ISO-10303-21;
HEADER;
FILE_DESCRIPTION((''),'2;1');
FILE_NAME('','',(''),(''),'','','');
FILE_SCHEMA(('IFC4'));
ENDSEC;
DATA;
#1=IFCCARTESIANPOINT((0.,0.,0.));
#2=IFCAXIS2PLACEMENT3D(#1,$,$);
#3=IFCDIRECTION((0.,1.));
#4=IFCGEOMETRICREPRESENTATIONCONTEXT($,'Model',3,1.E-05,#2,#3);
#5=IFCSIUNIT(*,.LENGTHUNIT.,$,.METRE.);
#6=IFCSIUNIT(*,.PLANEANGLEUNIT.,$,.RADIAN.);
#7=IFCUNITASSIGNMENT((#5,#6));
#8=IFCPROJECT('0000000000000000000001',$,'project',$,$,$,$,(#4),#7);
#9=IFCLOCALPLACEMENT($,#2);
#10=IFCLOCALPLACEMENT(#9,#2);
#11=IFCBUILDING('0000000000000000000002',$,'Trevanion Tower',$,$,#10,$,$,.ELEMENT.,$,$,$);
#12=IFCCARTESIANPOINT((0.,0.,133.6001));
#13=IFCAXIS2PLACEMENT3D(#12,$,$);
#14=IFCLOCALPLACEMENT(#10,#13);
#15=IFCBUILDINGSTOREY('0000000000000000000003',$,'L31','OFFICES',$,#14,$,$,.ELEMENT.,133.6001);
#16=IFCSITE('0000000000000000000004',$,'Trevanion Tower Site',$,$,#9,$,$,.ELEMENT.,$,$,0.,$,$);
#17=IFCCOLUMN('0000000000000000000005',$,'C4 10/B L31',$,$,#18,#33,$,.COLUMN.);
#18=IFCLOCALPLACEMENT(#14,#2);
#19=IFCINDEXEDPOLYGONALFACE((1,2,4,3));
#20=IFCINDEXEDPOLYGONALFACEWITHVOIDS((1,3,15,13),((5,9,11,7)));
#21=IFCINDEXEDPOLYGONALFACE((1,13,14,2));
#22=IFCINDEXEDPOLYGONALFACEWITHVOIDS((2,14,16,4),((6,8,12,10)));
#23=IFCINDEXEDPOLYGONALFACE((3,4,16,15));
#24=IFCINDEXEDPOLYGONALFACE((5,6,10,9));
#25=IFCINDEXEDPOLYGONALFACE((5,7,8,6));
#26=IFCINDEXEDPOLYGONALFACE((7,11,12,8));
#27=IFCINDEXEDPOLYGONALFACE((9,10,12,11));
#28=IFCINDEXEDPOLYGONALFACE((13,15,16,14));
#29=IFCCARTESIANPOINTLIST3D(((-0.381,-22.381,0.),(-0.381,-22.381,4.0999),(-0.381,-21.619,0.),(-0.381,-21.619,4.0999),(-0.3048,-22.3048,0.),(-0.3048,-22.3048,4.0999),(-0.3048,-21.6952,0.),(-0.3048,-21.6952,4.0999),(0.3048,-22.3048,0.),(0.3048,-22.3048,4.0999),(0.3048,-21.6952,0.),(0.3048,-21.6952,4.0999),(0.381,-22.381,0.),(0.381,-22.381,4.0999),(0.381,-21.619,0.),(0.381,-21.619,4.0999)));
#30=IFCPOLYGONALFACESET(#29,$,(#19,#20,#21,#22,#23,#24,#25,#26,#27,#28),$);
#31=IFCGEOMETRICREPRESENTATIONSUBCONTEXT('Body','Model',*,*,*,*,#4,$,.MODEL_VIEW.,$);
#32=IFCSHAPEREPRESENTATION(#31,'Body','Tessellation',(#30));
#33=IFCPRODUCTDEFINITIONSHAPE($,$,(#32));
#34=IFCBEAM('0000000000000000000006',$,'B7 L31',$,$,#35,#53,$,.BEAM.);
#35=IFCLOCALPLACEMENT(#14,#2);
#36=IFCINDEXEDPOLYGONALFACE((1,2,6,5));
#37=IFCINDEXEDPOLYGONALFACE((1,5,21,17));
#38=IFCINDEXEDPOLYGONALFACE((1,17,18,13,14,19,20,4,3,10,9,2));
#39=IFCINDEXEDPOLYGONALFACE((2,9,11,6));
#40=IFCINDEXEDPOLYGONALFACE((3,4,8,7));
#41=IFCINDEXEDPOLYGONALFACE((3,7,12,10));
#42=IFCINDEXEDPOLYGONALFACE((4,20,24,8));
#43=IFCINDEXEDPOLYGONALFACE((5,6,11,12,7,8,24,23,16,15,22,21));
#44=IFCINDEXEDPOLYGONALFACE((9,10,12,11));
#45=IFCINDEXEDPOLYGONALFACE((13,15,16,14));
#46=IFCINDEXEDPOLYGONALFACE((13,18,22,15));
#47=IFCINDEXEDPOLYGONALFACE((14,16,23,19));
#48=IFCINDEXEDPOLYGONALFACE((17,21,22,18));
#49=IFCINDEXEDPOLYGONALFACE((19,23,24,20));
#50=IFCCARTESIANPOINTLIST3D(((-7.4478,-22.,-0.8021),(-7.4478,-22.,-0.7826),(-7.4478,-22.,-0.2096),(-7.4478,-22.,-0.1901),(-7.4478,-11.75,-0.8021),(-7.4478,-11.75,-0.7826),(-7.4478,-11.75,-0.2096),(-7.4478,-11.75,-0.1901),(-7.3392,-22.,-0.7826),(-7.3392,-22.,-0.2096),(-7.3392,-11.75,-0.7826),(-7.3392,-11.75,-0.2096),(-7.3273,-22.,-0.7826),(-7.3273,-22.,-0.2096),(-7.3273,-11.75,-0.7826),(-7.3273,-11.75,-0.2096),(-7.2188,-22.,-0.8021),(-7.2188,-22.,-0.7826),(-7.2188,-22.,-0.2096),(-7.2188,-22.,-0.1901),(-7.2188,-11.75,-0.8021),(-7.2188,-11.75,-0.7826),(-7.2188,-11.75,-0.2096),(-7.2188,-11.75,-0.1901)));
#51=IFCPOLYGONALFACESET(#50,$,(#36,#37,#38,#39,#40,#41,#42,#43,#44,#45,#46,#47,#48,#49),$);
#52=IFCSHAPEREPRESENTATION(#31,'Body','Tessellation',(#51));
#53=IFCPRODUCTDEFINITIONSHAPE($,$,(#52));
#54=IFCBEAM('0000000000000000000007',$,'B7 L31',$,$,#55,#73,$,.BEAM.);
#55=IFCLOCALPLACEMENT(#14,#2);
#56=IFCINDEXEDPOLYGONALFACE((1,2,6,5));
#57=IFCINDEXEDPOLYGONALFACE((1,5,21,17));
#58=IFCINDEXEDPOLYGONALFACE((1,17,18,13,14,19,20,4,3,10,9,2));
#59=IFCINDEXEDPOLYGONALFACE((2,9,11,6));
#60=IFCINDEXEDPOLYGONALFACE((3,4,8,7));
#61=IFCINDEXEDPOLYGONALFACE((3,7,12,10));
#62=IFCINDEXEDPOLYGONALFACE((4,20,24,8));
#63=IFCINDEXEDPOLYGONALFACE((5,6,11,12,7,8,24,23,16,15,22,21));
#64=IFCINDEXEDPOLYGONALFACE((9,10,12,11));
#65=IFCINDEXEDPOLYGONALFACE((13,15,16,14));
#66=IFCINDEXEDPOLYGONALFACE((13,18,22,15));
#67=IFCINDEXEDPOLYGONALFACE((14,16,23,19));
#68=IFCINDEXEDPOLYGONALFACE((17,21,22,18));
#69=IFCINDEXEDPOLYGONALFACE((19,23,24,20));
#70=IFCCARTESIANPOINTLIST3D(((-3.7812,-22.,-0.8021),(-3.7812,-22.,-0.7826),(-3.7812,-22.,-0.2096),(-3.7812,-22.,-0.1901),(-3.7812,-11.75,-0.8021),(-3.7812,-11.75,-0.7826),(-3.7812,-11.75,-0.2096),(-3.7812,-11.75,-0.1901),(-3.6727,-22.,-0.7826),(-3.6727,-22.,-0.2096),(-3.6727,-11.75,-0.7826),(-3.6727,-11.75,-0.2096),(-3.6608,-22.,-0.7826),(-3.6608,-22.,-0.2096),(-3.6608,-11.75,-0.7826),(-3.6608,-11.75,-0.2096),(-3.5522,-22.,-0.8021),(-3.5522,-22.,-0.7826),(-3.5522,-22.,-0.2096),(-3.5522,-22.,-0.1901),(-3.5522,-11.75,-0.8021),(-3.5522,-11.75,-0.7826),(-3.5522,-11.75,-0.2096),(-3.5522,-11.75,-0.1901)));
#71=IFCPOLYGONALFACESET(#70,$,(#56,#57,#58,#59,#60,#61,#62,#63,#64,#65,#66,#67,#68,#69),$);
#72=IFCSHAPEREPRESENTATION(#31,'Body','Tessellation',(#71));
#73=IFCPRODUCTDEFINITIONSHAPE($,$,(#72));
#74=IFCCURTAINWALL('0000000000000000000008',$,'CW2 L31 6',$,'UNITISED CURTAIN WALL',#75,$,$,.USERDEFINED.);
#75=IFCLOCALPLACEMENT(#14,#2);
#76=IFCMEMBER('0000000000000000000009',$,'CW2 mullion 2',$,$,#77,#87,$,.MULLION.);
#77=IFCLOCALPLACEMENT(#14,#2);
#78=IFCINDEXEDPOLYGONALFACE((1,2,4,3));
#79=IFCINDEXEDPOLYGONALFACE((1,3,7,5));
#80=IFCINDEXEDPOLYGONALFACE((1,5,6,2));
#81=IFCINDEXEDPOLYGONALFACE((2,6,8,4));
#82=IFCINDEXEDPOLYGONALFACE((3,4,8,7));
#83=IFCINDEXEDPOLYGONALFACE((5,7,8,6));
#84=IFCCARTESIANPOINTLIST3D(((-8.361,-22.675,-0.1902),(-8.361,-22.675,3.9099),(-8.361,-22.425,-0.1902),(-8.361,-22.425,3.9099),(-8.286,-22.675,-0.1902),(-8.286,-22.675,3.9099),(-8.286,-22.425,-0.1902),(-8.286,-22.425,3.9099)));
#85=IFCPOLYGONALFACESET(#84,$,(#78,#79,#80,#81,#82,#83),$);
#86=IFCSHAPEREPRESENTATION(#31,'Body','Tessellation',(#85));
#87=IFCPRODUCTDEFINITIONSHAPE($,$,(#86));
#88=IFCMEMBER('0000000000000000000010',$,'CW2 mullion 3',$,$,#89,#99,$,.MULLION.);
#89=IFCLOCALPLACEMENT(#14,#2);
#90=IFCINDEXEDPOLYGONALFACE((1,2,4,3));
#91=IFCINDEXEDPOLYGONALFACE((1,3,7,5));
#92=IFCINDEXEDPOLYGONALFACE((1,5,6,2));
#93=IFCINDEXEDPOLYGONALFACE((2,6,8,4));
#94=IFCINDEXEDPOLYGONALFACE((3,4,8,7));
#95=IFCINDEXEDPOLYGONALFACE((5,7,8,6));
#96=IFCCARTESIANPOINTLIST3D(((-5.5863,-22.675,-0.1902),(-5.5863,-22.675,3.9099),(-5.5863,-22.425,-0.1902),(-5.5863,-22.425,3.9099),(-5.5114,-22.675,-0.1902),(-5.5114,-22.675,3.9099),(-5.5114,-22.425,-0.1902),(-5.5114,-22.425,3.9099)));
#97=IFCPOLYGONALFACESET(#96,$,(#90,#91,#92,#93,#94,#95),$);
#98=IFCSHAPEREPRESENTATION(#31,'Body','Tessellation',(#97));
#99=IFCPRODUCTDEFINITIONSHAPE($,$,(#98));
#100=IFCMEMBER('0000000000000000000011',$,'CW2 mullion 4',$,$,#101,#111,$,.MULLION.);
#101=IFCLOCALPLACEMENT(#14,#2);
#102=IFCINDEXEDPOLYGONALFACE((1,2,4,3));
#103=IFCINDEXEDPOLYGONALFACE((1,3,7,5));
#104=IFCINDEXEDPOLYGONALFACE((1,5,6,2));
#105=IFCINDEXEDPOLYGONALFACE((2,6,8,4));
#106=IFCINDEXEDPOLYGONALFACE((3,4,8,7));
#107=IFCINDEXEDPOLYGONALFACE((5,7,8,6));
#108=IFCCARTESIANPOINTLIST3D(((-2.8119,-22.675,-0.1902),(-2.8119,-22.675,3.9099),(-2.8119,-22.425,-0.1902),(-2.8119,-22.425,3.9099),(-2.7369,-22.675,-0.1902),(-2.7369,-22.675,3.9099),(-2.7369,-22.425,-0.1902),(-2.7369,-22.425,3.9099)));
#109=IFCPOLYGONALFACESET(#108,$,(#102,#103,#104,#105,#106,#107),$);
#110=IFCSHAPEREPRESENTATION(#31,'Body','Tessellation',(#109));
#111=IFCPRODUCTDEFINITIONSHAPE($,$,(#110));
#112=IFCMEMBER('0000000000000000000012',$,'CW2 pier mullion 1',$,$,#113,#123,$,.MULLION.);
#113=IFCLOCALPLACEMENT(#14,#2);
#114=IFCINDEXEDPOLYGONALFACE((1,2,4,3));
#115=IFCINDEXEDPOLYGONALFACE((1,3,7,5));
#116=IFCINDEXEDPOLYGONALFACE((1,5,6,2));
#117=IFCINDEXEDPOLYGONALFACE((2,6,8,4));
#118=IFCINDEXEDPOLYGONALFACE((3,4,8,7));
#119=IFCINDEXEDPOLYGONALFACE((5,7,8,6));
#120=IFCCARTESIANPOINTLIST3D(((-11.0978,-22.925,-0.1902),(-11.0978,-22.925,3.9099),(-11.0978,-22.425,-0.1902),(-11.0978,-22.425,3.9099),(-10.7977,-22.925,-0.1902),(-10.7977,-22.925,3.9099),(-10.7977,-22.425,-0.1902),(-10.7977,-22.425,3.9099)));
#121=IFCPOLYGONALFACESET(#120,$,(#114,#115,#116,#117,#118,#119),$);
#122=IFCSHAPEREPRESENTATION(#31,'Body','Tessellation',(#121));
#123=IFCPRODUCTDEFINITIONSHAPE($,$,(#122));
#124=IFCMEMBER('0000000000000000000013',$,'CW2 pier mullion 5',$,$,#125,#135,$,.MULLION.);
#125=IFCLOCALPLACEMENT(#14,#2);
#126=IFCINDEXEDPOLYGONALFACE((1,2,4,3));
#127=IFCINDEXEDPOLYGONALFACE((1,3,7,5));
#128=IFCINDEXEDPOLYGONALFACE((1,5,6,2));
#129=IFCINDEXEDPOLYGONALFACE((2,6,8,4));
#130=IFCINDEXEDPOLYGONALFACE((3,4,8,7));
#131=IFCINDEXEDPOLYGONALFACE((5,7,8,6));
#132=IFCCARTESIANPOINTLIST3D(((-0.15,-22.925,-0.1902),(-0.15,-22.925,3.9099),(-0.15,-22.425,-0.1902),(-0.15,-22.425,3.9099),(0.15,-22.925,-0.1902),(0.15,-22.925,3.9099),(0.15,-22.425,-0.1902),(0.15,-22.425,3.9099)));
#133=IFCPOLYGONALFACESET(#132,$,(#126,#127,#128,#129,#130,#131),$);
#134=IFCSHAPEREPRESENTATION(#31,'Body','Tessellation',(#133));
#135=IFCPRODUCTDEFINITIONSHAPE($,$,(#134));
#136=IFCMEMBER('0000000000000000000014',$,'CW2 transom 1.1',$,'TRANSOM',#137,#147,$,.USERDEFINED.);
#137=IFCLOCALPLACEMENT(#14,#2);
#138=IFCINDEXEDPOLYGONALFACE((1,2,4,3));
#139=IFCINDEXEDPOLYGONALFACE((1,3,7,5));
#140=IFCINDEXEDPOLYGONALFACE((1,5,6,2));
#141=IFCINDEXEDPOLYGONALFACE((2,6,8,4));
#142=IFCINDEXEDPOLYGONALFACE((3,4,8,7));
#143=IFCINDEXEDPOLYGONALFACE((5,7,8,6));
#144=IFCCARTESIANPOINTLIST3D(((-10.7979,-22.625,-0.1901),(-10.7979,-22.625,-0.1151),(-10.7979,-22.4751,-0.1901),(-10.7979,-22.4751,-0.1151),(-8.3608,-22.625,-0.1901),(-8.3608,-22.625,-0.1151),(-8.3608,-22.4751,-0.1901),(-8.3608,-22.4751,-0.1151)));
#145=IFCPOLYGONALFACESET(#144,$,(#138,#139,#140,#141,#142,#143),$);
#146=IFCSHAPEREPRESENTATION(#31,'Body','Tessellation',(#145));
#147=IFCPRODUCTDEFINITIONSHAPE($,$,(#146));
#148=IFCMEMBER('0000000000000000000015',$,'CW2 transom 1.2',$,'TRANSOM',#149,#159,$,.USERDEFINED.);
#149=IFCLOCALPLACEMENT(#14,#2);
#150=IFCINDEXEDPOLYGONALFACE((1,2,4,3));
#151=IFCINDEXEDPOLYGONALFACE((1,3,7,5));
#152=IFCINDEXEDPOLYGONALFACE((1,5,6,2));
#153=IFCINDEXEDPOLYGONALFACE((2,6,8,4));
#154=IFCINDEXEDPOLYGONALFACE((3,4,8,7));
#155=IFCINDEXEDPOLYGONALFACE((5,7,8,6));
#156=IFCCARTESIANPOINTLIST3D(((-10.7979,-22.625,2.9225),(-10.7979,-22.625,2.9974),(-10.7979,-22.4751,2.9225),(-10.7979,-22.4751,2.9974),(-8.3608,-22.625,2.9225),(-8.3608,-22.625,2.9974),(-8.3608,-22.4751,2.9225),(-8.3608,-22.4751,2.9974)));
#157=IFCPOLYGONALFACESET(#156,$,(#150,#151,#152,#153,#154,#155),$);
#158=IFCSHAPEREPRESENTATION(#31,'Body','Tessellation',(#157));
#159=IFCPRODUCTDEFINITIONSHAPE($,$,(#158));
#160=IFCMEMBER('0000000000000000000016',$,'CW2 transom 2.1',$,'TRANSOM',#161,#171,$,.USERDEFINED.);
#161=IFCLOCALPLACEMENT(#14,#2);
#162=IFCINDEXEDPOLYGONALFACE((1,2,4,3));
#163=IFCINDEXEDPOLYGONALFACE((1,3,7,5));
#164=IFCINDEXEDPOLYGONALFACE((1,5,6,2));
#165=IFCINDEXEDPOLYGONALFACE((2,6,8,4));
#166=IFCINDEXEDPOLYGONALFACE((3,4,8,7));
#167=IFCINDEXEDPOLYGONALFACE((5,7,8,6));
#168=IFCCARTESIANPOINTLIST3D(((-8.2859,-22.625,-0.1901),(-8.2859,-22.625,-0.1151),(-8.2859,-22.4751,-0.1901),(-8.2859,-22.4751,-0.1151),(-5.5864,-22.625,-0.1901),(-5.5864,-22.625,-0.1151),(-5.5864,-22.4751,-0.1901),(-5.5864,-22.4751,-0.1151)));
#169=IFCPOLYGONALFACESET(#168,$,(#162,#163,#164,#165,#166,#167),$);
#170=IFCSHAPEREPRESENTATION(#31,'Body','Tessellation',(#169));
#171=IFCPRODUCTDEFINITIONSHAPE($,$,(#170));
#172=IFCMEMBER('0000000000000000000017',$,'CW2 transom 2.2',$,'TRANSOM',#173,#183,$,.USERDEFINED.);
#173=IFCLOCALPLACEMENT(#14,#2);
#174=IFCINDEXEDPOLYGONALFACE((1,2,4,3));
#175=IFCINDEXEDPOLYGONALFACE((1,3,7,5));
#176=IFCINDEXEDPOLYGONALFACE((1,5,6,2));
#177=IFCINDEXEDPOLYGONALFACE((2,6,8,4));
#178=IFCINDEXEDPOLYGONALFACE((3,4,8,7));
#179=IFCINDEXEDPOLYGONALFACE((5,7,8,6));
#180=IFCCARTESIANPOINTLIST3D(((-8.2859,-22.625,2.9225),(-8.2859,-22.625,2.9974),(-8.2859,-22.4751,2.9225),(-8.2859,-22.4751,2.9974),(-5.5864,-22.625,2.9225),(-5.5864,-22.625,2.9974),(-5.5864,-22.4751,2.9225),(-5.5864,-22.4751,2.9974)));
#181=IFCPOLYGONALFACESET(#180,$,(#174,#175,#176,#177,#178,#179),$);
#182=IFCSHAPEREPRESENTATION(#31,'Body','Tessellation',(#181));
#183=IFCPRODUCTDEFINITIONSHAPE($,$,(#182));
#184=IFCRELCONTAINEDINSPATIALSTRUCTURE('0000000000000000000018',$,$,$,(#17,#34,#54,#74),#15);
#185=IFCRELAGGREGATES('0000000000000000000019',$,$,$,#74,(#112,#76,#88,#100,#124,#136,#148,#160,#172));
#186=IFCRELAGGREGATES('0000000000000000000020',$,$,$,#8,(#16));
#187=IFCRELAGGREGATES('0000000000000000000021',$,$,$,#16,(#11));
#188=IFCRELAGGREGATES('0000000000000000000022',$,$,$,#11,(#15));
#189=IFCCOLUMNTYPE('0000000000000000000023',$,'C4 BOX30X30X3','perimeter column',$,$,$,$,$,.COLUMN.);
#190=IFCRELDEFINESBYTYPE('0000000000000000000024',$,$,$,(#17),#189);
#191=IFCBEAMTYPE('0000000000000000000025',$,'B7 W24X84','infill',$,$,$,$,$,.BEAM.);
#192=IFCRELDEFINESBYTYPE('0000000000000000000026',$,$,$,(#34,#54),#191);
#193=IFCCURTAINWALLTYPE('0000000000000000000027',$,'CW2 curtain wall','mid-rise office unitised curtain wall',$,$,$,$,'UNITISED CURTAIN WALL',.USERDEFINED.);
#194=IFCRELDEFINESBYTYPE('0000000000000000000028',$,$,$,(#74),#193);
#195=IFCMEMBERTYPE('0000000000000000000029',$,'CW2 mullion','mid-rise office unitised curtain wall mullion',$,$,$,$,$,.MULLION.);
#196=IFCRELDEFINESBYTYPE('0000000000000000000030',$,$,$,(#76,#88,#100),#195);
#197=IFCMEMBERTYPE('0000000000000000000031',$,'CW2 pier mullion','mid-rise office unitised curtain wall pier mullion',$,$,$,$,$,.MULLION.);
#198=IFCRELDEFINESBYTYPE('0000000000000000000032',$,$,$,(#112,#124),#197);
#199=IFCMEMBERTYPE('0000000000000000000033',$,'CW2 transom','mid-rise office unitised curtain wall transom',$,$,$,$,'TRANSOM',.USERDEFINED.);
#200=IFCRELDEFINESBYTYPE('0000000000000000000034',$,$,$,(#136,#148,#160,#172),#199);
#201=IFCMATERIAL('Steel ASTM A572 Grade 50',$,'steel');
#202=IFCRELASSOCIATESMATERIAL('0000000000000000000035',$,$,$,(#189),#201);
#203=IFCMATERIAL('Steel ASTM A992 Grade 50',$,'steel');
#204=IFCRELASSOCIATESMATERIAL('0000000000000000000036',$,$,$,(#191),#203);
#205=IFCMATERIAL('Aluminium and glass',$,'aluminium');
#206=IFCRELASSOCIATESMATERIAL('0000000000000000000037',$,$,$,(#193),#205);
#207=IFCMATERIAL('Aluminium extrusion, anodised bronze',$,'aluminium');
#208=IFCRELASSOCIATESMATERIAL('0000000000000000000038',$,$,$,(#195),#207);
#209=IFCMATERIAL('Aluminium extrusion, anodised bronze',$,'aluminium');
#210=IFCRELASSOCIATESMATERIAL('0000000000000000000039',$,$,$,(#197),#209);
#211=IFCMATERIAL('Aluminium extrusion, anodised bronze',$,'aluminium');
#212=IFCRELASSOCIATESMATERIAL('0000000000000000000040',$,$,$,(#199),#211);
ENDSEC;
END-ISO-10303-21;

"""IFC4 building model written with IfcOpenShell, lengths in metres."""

from ifc_helpers import new_model, si_unit, direction, frame, origin, origin_2d, place, context, subcontext, project, spatial, rectangle, hollow_rectangle, i_section, extrude, material, material_profile, profile_set, type_object, element, aggregate, save


model = new_model("IFC4")

# Units and contexts
model_context = context("Model", 3, precision=1e-05, world=origin(), true_north=direction((0.0, 1.0)))
body_context = subcontext(model_context, "Body", "Model", "MODEL_VIEW")
ifc_project = project(units=[si_unit("LENGTHUNIT", "METRE"), si_unit("PLANEANGLEUNIT", "RADIAN")], contexts=[model_context])

# Site, building, storey
site_placement = place(None, origin())
site = spatial("IfcSite", under=ifc_project, at=site_placement, Name="Trevanion Tower Site", CompositionType="ELEMENT", RefElevation=0.0)
building_placement = place(site_placement, origin())
building = spatial("IfcBuilding", under=site, at=building_placement, Name="Trevanion Tower", CompositionType="ELEMENT")
storey_placement = place(building_placement, frame((0.0, 0.0, 133.6001)))
storey = spatial("IfcBuildingStorey", under=building, at=storey_placement, Name="L31", Description="OFFICES", CompositionType="ELEMENT", Elevation=133.6001)

# Column
ifc_material_1 = material(Name="Steel ASTM A572 Grade 50", Category="steel")
ifc_material_profile_1 = material_profile(ifc_material_1, hollow_rectangle(XDim=0.762, YDim=0.762, WallThickness=0.0762, at=origin_2d()), Name="BOX30X30X3")
ifc_profile_set_1 = profile_set([ifc_material_profile_1], Name="Steel ASTM A572 Grade 50")
column_type = type_object("IfcColumnType", Name="C4 BOX30X30X3", Description="perimeter column", PredefinedType="COLUMN", material=ifc_profile_set_1)
column_placement = place(storey_placement, frame((0.0, -22.0, 0.0), z_axis=(0.0, 0.0, 1.0), x_axis=(1.0, 0.0, 0.0)))
element("IfcColumn", 1, at=column_placement, inside=storey, type_object=column_type, Name="C4 10/B L31", PredefinedType="COLUMN", context=body_context, shape_type="SweptSolid", body=[
    extrude(hollow_rectangle(XDim=0.762, YDim=0.762, WallThickness=0.0762, at=origin_2d()), origin(), (0.0, 0.0, 1.0), 4.0999),
])

# Beams
ifc_material_2 = material(Name="Steel ASTM A992 Grade 50", Category="steel")
ifc_material_profile_2 = material_profile(ifc_material_2, i_section(OverallWidth=0.229, OverallDepth=0.6121, WebThickness=0.012, FlangeThickness=0.0195, at=origin_2d()), Name="W24X84")
ifc_profile_set_2 = profile_set([ifc_material_profile_2], Name="Steel ASTM A992 Grade 50")
beam_type_1 = type_object("IfcBeamType", Name="B7 W24X84", Description="infill", PredefinedType="BEAM", material=ifc_profile_set_2)
for number, where, z_axis, x_axis, name in (
    (2, (-7.3333, -11.75, -0.4961), (0.0, -1.0, 0.0), (1.0, 0.0, 0.0), "B7 L31"),
    (3, (-3.6667, -11.75, -0.4961), (0.0, -1.0, 0.0), (1.0, 0.0, 0.0), "B7 L31"),
):
    element("IfcBeam", number, at=place(storey_placement, frame(where, z_axis=z_axis, x_axis=x_axis)), inside=storey, type_object=beam_type_1, Name=name, PredefinedType="BEAM", context=body_context, shape_type="SweptSolid", body=[
        extrude(i_section(OverallWidth=0.229, OverallDepth=0.6121, WebThickness=0.012, FlangeThickness=0.0195, at=origin_2d()), origin(), (0.0, 0.0, 1.0), 10.25),
    ])

# Curtain wall, members
ifc_material_3 = material(Name="Aluminium and glass", Category="aluminium")
curtain_wall_type = type_object("IfcCurtainWallType", Name="CW2 curtain wall", Description="mid-rise office unitised curtain wall", ElementType="UNITISED CURTAIN WALL", PredefinedType="USERDEFINED", material=ifc_material_3)
curtain_wall_placement = place(storey_placement, origin())
curtain_wall = element("IfcCurtainWall", 4, at=curtain_wall_placement, inside=storey, type_object=curtain_wall_type, Name="CW2 L31 6", ObjectType="UNITISED CURTAIN WALL", PredefinedType="USERDEFINED")
ifc_material_4 = material(Name="Aluminium extrusion, anodised bronze", Category="aluminium")
ifc_material_profile_3 = material_profile(ifc_material_4, rectangle(XDim=0.075, YDim=0.25, at=origin_2d()), Name="CW2 mullion")
ifc_profile_set_3 = profile_set([ifc_material_profile_3], Name="Aluminium extrusion, anodised bronze")
member_type_1 = type_object("IfcMemberType", Name="CW2 mullion", Description="mid-rise office unitised curtain wall mullion", PredefinedType="MULLION", material=ifc_profile_set_3)
member_1_placement = place(storey_placement, frame((-8.3235, -22.55, -0.1902), z_axis=(0.0, 0.0, 1.0), x_axis=(1.0, 0.0, 0.0)))
member_1 = element("IfcMember", 5, at=member_1_placement, type_object=member_type_1, Name="CW2 mullion 2", PredefinedType="MULLION", context=body_context, shape_type="SweptSolid", body=[
    extrude(rectangle(XDim=0.075, YDim=0.25, at=origin_2d()), origin(), (0.0, 0.0, 1.0), 4.1001),
])
member_2_placement = place(storey_placement, frame((-5.5488, -22.55, -0.1902), z_axis=(0.0, 0.0, 1.0), x_axis=(1.0, 0.0, 0.0)))
member_2 = element("IfcMember", 6, at=member_2_placement, type_object=member_type_1, Name="CW2 mullion 3", PredefinedType="MULLION", context=body_context, shape_type="SweptSolid", body=[
    extrude(rectangle(XDim=0.075, YDim=0.25, at=origin_2d()), origin(), (0.0, 0.0, 1.0), 4.1001),
])
member_3_placement = place(storey_placement, frame((-2.7744, -22.55, -0.1902), z_axis=(0.0, 0.0, 1.0), x_axis=(1.0, 0.0, 0.0)))
member_3 = element("IfcMember", 7, at=member_3_placement, type_object=member_type_1, Name="CW2 mullion 4", PredefinedType="MULLION", context=body_context, shape_type="SweptSolid", body=[
    extrude(rectangle(XDim=0.075, YDim=0.25, at=origin_2d()), origin(), (0.0, 0.0, 1.0), 4.1001),
])
ifc_material_5 = material(Name="Aluminium extrusion, anodised bronze", Category="aluminium")
ifc_material_profile_4 = material_profile(ifc_material_5, rectangle(XDim=0.3, YDim=0.5, at=origin_2d()), Name="CW2 pier mullion")
ifc_profile_set_4 = profile_set([ifc_material_profile_4], Name="Aluminium extrusion, anodised bronze")
member_type_2 = type_object("IfcMemberType", Name="CW2 pier mullion", Description="mid-rise office unitised curtain wall pier mullion", PredefinedType="MULLION", material=ifc_profile_set_4)
member_4_placement = place(storey_placement, frame((-10.9478, -22.675, -0.1902), z_axis=(0.0, 0.0, 1.0), x_axis=(1.0, 0.0, 0.0)))
member_4 = element("IfcMember", 8, at=member_4_placement, type_object=member_type_2, Name="CW2 pier mullion 1", PredefinedType="MULLION", context=body_context, shape_type="SweptSolid", body=[
    extrude(rectangle(XDim=0.3, YDim=0.5, at=origin_2d()), origin(), (0.0, 0.0, 1.0), 4.1001),
])
member_5_placement = place(storey_placement, frame((0.0, -22.675, -0.1902), z_axis=(0.0, 0.0, 1.0), x_axis=(1.0, 0.0, 0.0)))
member_5 = element("IfcMember", 9, at=member_5_placement, type_object=member_type_2, Name="CW2 pier mullion 5", PredefinedType="MULLION", context=body_context, shape_type="SweptSolid", body=[
    extrude(rectangle(XDim=0.3, YDim=0.5, at=origin_2d()), origin(), (0.0, 0.0, 1.0), 4.1001),
])
ifc_material_6 = material(Name="Aluminium extrusion, anodised bronze", Category="aluminium")
ifc_material_profile_5 = material_profile(ifc_material_6, rectangle(XDim=0.1499, YDim=0.075, at=origin_2d()), Name="CW2 transom")
ifc_profile_set_5 = profile_set([ifc_material_profile_5], Name="Aluminium extrusion, anodised bronze")
member_type_3 = type_object("IfcMemberType", Name="CW2 transom", Description="mid-rise office unitised curtain wall transom", ElementType="TRANSOM", PredefinedType="USERDEFINED", material=ifc_profile_set_5)
member_6_placement = place(storey_placement, frame((-10.7979, -22.55, -0.1526), z_axis=(1.0, 0.0, 0.0), x_axis=(0.0, 1.0, 0.0)))
member_6 = element("IfcMember", 10, at=member_6_placement, type_object=member_type_3, Name="CW2 transom 1.1", ObjectType="TRANSOM", PredefinedType="USERDEFINED", context=body_context, shape_type="SweptSolid", body=[
    extrude(rectangle(XDim=0.1499, YDim=0.075, at=origin_2d()), origin(), (0.0, 0.0, 1.0), 2.437),
])
member_7_placement = place(storey_placement, frame((-10.7979, -22.55, 2.96), z_axis=(1.0, 0.0, 0.0), x_axis=(0.0, 1.0, 0.0)))
member_7 = element("IfcMember", 11, at=member_7_placement, type_object=member_type_3, Name="CW2 transom 1.2", ObjectType="TRANSOM", PredefinedType="USERDEFINED", context=body_context, shape_type="SweptSolid", body=[
    extrude(rectangle(XDim=0.1499, YDim=0.075, at=origin_2d()), origin(), (0.0, 0.0, 1.0), 2.437),
])
member_8_placement = place(storey_placement, frame((-8.2859, -22.55, -0.1526), z_axis=(1.0, 0.0, 0.0), x_axis=(0.0, 1.0, 0.0)))
member_8 = element("IfcMember", 12, at=member_8_placement, type_object=member_type_3, Name="CW2 transom 2.1", ObjectType="TRANSOM", PredefinedType="USERDEFINED", context=body_context, shape_type="SweptSolid", body=[
    extrude(rectangle(XDim=0.1499, YDim=0.075, at=origin_2d()), origin(), (0.0, 0.0, 1.0), 2.6995),
])
member_9_placement = place(storey_placement, frame((-8.2859, -22.55, 2.96), z_axis=(1.0, 0.0, 0.0), x_axis=(0.0, 1.0, 0.0)))
member_9 = element("IfcMember", 13, at=member_9_placement, type_object=member_type_3, Name="CW2 transom 2.2", ObjectType="TRANSOM", PredefinedType="USERDEFINED", context=body_context, shape_type="SweptSolid", body=[
    extrude(rectangle(XDim=0.1499, YDim=0.075, at=origin_2d()), origin(), (0.0, 0.0, 1.0), 2.6995),
])

aggregate(curtain_wall, [member_4, member_1, member_2, member_3, member_5, member_6, member_7, member_8, member_9])

save(model, "model.ifc")
